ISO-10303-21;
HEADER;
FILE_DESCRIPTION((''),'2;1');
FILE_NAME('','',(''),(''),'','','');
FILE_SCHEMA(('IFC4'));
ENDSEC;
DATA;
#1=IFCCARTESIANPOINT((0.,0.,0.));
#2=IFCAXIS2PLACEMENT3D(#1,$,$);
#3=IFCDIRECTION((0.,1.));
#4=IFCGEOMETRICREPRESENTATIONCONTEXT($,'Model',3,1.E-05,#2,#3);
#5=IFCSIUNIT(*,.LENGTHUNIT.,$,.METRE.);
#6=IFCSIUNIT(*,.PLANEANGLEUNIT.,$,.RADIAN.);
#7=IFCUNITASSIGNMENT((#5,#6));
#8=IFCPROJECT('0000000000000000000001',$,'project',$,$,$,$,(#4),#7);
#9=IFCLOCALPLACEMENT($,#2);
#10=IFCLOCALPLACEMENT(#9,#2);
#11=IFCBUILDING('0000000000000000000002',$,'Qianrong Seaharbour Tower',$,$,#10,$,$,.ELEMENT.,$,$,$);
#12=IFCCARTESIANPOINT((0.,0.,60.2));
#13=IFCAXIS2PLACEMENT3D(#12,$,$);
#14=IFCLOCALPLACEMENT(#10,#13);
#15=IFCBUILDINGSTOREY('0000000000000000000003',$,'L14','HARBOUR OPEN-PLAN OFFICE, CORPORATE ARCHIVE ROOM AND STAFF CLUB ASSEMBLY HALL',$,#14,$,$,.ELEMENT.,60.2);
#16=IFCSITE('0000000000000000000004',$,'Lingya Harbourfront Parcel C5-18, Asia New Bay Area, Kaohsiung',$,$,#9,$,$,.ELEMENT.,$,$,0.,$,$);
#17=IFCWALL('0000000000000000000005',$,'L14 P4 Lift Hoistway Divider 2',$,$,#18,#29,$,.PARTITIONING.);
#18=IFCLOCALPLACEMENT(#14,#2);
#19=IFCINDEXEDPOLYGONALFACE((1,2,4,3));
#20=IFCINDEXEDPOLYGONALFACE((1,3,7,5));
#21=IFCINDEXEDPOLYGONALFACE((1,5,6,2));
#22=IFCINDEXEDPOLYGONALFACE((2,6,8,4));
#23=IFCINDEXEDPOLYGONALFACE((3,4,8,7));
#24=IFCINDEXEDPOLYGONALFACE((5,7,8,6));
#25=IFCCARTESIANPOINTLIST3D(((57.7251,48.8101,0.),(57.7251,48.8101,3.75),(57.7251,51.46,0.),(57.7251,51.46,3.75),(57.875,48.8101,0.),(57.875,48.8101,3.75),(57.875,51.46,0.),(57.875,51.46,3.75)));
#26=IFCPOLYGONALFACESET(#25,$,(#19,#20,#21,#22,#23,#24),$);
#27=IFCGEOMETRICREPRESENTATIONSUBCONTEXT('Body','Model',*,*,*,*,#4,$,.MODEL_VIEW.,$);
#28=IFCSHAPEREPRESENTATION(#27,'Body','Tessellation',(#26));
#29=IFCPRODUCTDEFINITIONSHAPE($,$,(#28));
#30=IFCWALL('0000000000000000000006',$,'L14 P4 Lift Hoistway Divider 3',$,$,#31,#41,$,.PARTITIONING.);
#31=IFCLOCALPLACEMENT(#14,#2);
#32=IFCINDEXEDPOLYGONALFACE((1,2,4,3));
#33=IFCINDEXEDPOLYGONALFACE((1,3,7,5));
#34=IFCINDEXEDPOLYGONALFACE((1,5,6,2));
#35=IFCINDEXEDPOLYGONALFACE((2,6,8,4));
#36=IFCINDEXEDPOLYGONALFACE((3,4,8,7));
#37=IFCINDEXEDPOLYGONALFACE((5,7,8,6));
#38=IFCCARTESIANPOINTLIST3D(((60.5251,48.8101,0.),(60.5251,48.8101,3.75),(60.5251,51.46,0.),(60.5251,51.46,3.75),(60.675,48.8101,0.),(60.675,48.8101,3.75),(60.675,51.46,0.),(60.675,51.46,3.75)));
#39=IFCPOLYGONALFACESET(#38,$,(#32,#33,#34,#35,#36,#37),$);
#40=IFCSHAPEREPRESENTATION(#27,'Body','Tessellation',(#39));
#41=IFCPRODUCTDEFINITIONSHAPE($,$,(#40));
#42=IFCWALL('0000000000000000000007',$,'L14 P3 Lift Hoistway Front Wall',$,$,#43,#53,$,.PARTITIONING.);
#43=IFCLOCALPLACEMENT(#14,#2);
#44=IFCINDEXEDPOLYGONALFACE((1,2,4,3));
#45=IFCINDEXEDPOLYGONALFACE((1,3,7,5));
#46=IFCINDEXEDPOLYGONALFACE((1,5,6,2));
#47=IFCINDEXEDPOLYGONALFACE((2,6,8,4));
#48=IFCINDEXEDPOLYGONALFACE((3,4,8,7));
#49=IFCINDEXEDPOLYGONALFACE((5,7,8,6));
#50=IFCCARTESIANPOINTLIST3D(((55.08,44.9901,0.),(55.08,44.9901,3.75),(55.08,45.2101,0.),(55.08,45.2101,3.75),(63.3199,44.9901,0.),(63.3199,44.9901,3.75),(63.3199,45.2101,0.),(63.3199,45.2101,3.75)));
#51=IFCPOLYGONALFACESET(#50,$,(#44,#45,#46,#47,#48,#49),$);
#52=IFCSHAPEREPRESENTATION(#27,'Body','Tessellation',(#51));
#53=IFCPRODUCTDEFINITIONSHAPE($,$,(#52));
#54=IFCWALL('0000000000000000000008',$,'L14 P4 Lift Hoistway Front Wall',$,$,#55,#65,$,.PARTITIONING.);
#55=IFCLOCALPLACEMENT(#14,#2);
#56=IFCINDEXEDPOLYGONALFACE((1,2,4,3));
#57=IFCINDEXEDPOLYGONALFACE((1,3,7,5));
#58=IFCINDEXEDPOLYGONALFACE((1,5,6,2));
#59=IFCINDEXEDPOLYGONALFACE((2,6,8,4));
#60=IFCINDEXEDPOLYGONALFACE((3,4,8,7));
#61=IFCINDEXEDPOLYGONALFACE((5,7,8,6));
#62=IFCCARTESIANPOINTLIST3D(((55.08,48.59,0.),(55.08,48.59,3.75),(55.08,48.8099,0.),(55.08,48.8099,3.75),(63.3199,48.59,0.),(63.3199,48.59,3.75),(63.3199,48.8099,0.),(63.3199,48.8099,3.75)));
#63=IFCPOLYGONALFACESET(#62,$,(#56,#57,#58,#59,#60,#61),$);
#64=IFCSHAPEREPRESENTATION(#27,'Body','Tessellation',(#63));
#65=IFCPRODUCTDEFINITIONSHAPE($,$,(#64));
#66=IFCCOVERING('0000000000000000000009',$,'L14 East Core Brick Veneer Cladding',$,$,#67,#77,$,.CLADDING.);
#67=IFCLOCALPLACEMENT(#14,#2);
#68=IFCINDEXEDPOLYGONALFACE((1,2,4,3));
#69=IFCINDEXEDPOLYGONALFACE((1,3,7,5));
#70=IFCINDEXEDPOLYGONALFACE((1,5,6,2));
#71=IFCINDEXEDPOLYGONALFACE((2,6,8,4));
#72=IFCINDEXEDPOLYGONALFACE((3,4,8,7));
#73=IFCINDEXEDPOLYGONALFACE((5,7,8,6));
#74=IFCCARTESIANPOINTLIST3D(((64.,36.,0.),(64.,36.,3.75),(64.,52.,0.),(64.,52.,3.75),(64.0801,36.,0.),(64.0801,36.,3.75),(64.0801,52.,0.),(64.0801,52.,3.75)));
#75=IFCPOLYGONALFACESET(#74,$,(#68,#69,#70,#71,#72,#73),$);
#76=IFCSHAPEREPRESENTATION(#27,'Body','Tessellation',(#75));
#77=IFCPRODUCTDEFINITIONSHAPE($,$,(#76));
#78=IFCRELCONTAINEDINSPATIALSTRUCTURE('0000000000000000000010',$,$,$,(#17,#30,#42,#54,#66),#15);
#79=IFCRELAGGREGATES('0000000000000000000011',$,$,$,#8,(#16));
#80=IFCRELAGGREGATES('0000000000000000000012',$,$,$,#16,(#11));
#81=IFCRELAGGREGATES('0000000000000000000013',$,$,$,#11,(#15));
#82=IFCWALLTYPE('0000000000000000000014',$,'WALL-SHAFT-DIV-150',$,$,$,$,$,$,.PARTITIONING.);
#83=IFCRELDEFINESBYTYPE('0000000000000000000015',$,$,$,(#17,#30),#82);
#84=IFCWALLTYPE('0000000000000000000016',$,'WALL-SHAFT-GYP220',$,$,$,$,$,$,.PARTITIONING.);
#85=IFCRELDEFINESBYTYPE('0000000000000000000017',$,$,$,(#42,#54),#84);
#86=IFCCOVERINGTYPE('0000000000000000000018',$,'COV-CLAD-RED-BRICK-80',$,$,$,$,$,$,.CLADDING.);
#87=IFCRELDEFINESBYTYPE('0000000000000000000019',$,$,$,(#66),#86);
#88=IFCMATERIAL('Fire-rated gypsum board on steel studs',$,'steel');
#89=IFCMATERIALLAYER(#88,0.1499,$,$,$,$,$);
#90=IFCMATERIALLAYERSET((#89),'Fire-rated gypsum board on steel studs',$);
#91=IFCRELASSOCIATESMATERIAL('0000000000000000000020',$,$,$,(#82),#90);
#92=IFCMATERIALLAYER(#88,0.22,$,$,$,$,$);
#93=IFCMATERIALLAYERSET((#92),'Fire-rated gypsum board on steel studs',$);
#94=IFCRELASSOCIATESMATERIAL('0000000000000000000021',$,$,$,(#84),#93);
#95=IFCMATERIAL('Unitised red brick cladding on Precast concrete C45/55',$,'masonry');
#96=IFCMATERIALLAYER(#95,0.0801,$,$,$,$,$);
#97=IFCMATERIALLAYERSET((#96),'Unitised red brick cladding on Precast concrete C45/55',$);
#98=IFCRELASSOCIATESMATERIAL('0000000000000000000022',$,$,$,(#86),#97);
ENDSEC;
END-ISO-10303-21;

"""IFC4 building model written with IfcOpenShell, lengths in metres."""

from ifc_helpers import new_model, si_unit, direction, frame, frame_2d, origin, origin_2d, place, context, subcontext, project, spatial, rectangle, extrude, material, layer, layer_set, type_object, element, save


model = new_model("IFC4")

# Units and contexts
model_context = context("Model", 3, precision=1e-05, world=origin(), true_north=direction((0.0, 1.0)))
body_context = subcontext(model_context, "Body", "Model", "MODEL_VIEW")
ifc_project = project(units=[si_unit("LENGTHUNIT", "METRE"), si_unit("PLANEANGLEUNIT", "RADIAN")], contexts=[model_context])

# Site, building, storey
site_placement = place(None, origin())
site = spatial("IfcSite", under=ifc_project, at=site_placement, Name="Lingya Harbourfront Parcel C5-18, Asia New Bay Area, Kaohsiung", CompositionType="ELEMENT", RefElevation=0.0)
building_placement = place(site_placement, origin())
building = spatial("IfcBuilding", under=site, at=building_placement, Name="Qianrong Seaharbour Tower", CompositionType="ELEMENT")
storey_placement = place(building_placement, frame((0.0, 0.0, 60.2)))
storey = spatial("IfcBuildingStorey", under=building, at=storey_placement, Name="L14", Description="HARBOUR OPEN-PLAN OFFICE, CORPORATE ARCHIVE ROOM AND STAFF CLUB ASSEMBLY HALL", CompositionType="ELEMENT", Elevation=60.2)

# Walls
ifc_material_1 = material(Name="Fire-rated gypsum board on steel studs", Category="steel")
ifc_layer_1 = layer(ifc_material_1, 0.1499)
ifc_layer_set_1 = layer_set([ifc_layer_1], Name="Fire-rated gypsum board on steel studs")
wall_type_1 = type_object("IfcWallType", Name="WALL-SHAFT-DIV-150", PredefinedType="PARTITIONING", material=ifc_layer_set_1)
for number, where, z_axis, x_axis, name in (
    (1, (57.8, 48.8101, 0.0), (0.0, 0.0, 1.0), (0.0, 1.0, 0.0), "L14 P4 Lift Hoistway Divider 2"),
    (2, (60.6001, 48.8101, 0.0), (0.0, 0.0, 1.0), (0.0, 1.0, 0.0), "L14 P4 Lift Hoistway Divider 3"),
):
    element("IfcWall", number, at=place(storey_placement, frame(where, z_axis=z_axis, x_axis=x_axis)), inside=storey, type_object=wall_type_1, Name=name, PredefinedType="PARTITIONING", context=body_context, shape_type="SweptSolid", body=[
        extrude(rectangle(XDim=2.6499, YDim=0.1499, at=frame_2d((1.325, 0.0))), origin(), (0.0, 0.0, 1.0), 3.75),
    ])
ifc_layer_2 = layer(ifc_material_1, 0.22)
ifc_layer_set_2 = layer_set([ifc_layer_2], Name="Fire-rated gypsum board on steel studs")
wall_type_2 = type_object("IfcWallType", Name="WALL-SHAFT-GYP220", PredefinedType="PARTITIONING", material=ifc_layer_set_2)
for number, where, z_axis, x_axis, name in (
    (3, (63.3201, 45.1001, 0.0), (0.0, 0.0, 1.0), (-1.0, 0.0, 0.0), "L14 P3 Lift Hoistway Front Wall"),
    (4, (63.3201, 48.7, 0.0), (0.0, 0.0, 1.0), (-1.0, 0.0, 0.0), "L14 P4 Lift Hoistway Front Wall"),
):
    element("IfcWall", number, at=place(storey_placement, frame(where, z_axis=z_axis, x_axis=x_axis)), inside=storey, type_object=wall_type_2, Name=name, PredefinedType="PARTITIONING", context=body_context, shape_type="SweptSolid", body=[
        extrude(rectangle(XDim=8.24, YDim=0.22, at=frame_2d((4.1201, 0.0))), origin(), (0.0, 0.0, 1.0), 3.75),
    ])

# Covering
ifc_material_2 = material(Name="Unitised red brick cladding on Precast concrete C45/55", Category="masonry")
ifc_layer_3 = layer(ifc_material_2, 0.0801)
ifc_layer_set_3 = layer_set([ifc_layer_3], Name="Unitised red brick cladding on Precast concrete C45/55")
covering_type = type_object("IfcCoveringType", Name="COV-CLAD-RED-BRICK-80", PredefinedType="CLADDING", material=ifc_layer_set_3)
covering_placement = place(storey_placement, frame((64.04, 44.0, 0.0), z_axis=(0.0, 0.0, 1.0), x_axis=(1.0, 0.0, 0.0)))
element("IfcCovering", 5, at=covering_placement, inside=storey, type_object=covering_type, Name="L14 East Core Brick Veneer Cladding", PredefinedType="CLADDING", context=body_context, shape_type="SweptSolid", body=[
    extrude(rectangle(XDim=0.0801, YDim=16.0, at=origin_2d()), origin(), (0.0, 0.0, 1.0), 3.75),
])

save(model, "model.ifc")
